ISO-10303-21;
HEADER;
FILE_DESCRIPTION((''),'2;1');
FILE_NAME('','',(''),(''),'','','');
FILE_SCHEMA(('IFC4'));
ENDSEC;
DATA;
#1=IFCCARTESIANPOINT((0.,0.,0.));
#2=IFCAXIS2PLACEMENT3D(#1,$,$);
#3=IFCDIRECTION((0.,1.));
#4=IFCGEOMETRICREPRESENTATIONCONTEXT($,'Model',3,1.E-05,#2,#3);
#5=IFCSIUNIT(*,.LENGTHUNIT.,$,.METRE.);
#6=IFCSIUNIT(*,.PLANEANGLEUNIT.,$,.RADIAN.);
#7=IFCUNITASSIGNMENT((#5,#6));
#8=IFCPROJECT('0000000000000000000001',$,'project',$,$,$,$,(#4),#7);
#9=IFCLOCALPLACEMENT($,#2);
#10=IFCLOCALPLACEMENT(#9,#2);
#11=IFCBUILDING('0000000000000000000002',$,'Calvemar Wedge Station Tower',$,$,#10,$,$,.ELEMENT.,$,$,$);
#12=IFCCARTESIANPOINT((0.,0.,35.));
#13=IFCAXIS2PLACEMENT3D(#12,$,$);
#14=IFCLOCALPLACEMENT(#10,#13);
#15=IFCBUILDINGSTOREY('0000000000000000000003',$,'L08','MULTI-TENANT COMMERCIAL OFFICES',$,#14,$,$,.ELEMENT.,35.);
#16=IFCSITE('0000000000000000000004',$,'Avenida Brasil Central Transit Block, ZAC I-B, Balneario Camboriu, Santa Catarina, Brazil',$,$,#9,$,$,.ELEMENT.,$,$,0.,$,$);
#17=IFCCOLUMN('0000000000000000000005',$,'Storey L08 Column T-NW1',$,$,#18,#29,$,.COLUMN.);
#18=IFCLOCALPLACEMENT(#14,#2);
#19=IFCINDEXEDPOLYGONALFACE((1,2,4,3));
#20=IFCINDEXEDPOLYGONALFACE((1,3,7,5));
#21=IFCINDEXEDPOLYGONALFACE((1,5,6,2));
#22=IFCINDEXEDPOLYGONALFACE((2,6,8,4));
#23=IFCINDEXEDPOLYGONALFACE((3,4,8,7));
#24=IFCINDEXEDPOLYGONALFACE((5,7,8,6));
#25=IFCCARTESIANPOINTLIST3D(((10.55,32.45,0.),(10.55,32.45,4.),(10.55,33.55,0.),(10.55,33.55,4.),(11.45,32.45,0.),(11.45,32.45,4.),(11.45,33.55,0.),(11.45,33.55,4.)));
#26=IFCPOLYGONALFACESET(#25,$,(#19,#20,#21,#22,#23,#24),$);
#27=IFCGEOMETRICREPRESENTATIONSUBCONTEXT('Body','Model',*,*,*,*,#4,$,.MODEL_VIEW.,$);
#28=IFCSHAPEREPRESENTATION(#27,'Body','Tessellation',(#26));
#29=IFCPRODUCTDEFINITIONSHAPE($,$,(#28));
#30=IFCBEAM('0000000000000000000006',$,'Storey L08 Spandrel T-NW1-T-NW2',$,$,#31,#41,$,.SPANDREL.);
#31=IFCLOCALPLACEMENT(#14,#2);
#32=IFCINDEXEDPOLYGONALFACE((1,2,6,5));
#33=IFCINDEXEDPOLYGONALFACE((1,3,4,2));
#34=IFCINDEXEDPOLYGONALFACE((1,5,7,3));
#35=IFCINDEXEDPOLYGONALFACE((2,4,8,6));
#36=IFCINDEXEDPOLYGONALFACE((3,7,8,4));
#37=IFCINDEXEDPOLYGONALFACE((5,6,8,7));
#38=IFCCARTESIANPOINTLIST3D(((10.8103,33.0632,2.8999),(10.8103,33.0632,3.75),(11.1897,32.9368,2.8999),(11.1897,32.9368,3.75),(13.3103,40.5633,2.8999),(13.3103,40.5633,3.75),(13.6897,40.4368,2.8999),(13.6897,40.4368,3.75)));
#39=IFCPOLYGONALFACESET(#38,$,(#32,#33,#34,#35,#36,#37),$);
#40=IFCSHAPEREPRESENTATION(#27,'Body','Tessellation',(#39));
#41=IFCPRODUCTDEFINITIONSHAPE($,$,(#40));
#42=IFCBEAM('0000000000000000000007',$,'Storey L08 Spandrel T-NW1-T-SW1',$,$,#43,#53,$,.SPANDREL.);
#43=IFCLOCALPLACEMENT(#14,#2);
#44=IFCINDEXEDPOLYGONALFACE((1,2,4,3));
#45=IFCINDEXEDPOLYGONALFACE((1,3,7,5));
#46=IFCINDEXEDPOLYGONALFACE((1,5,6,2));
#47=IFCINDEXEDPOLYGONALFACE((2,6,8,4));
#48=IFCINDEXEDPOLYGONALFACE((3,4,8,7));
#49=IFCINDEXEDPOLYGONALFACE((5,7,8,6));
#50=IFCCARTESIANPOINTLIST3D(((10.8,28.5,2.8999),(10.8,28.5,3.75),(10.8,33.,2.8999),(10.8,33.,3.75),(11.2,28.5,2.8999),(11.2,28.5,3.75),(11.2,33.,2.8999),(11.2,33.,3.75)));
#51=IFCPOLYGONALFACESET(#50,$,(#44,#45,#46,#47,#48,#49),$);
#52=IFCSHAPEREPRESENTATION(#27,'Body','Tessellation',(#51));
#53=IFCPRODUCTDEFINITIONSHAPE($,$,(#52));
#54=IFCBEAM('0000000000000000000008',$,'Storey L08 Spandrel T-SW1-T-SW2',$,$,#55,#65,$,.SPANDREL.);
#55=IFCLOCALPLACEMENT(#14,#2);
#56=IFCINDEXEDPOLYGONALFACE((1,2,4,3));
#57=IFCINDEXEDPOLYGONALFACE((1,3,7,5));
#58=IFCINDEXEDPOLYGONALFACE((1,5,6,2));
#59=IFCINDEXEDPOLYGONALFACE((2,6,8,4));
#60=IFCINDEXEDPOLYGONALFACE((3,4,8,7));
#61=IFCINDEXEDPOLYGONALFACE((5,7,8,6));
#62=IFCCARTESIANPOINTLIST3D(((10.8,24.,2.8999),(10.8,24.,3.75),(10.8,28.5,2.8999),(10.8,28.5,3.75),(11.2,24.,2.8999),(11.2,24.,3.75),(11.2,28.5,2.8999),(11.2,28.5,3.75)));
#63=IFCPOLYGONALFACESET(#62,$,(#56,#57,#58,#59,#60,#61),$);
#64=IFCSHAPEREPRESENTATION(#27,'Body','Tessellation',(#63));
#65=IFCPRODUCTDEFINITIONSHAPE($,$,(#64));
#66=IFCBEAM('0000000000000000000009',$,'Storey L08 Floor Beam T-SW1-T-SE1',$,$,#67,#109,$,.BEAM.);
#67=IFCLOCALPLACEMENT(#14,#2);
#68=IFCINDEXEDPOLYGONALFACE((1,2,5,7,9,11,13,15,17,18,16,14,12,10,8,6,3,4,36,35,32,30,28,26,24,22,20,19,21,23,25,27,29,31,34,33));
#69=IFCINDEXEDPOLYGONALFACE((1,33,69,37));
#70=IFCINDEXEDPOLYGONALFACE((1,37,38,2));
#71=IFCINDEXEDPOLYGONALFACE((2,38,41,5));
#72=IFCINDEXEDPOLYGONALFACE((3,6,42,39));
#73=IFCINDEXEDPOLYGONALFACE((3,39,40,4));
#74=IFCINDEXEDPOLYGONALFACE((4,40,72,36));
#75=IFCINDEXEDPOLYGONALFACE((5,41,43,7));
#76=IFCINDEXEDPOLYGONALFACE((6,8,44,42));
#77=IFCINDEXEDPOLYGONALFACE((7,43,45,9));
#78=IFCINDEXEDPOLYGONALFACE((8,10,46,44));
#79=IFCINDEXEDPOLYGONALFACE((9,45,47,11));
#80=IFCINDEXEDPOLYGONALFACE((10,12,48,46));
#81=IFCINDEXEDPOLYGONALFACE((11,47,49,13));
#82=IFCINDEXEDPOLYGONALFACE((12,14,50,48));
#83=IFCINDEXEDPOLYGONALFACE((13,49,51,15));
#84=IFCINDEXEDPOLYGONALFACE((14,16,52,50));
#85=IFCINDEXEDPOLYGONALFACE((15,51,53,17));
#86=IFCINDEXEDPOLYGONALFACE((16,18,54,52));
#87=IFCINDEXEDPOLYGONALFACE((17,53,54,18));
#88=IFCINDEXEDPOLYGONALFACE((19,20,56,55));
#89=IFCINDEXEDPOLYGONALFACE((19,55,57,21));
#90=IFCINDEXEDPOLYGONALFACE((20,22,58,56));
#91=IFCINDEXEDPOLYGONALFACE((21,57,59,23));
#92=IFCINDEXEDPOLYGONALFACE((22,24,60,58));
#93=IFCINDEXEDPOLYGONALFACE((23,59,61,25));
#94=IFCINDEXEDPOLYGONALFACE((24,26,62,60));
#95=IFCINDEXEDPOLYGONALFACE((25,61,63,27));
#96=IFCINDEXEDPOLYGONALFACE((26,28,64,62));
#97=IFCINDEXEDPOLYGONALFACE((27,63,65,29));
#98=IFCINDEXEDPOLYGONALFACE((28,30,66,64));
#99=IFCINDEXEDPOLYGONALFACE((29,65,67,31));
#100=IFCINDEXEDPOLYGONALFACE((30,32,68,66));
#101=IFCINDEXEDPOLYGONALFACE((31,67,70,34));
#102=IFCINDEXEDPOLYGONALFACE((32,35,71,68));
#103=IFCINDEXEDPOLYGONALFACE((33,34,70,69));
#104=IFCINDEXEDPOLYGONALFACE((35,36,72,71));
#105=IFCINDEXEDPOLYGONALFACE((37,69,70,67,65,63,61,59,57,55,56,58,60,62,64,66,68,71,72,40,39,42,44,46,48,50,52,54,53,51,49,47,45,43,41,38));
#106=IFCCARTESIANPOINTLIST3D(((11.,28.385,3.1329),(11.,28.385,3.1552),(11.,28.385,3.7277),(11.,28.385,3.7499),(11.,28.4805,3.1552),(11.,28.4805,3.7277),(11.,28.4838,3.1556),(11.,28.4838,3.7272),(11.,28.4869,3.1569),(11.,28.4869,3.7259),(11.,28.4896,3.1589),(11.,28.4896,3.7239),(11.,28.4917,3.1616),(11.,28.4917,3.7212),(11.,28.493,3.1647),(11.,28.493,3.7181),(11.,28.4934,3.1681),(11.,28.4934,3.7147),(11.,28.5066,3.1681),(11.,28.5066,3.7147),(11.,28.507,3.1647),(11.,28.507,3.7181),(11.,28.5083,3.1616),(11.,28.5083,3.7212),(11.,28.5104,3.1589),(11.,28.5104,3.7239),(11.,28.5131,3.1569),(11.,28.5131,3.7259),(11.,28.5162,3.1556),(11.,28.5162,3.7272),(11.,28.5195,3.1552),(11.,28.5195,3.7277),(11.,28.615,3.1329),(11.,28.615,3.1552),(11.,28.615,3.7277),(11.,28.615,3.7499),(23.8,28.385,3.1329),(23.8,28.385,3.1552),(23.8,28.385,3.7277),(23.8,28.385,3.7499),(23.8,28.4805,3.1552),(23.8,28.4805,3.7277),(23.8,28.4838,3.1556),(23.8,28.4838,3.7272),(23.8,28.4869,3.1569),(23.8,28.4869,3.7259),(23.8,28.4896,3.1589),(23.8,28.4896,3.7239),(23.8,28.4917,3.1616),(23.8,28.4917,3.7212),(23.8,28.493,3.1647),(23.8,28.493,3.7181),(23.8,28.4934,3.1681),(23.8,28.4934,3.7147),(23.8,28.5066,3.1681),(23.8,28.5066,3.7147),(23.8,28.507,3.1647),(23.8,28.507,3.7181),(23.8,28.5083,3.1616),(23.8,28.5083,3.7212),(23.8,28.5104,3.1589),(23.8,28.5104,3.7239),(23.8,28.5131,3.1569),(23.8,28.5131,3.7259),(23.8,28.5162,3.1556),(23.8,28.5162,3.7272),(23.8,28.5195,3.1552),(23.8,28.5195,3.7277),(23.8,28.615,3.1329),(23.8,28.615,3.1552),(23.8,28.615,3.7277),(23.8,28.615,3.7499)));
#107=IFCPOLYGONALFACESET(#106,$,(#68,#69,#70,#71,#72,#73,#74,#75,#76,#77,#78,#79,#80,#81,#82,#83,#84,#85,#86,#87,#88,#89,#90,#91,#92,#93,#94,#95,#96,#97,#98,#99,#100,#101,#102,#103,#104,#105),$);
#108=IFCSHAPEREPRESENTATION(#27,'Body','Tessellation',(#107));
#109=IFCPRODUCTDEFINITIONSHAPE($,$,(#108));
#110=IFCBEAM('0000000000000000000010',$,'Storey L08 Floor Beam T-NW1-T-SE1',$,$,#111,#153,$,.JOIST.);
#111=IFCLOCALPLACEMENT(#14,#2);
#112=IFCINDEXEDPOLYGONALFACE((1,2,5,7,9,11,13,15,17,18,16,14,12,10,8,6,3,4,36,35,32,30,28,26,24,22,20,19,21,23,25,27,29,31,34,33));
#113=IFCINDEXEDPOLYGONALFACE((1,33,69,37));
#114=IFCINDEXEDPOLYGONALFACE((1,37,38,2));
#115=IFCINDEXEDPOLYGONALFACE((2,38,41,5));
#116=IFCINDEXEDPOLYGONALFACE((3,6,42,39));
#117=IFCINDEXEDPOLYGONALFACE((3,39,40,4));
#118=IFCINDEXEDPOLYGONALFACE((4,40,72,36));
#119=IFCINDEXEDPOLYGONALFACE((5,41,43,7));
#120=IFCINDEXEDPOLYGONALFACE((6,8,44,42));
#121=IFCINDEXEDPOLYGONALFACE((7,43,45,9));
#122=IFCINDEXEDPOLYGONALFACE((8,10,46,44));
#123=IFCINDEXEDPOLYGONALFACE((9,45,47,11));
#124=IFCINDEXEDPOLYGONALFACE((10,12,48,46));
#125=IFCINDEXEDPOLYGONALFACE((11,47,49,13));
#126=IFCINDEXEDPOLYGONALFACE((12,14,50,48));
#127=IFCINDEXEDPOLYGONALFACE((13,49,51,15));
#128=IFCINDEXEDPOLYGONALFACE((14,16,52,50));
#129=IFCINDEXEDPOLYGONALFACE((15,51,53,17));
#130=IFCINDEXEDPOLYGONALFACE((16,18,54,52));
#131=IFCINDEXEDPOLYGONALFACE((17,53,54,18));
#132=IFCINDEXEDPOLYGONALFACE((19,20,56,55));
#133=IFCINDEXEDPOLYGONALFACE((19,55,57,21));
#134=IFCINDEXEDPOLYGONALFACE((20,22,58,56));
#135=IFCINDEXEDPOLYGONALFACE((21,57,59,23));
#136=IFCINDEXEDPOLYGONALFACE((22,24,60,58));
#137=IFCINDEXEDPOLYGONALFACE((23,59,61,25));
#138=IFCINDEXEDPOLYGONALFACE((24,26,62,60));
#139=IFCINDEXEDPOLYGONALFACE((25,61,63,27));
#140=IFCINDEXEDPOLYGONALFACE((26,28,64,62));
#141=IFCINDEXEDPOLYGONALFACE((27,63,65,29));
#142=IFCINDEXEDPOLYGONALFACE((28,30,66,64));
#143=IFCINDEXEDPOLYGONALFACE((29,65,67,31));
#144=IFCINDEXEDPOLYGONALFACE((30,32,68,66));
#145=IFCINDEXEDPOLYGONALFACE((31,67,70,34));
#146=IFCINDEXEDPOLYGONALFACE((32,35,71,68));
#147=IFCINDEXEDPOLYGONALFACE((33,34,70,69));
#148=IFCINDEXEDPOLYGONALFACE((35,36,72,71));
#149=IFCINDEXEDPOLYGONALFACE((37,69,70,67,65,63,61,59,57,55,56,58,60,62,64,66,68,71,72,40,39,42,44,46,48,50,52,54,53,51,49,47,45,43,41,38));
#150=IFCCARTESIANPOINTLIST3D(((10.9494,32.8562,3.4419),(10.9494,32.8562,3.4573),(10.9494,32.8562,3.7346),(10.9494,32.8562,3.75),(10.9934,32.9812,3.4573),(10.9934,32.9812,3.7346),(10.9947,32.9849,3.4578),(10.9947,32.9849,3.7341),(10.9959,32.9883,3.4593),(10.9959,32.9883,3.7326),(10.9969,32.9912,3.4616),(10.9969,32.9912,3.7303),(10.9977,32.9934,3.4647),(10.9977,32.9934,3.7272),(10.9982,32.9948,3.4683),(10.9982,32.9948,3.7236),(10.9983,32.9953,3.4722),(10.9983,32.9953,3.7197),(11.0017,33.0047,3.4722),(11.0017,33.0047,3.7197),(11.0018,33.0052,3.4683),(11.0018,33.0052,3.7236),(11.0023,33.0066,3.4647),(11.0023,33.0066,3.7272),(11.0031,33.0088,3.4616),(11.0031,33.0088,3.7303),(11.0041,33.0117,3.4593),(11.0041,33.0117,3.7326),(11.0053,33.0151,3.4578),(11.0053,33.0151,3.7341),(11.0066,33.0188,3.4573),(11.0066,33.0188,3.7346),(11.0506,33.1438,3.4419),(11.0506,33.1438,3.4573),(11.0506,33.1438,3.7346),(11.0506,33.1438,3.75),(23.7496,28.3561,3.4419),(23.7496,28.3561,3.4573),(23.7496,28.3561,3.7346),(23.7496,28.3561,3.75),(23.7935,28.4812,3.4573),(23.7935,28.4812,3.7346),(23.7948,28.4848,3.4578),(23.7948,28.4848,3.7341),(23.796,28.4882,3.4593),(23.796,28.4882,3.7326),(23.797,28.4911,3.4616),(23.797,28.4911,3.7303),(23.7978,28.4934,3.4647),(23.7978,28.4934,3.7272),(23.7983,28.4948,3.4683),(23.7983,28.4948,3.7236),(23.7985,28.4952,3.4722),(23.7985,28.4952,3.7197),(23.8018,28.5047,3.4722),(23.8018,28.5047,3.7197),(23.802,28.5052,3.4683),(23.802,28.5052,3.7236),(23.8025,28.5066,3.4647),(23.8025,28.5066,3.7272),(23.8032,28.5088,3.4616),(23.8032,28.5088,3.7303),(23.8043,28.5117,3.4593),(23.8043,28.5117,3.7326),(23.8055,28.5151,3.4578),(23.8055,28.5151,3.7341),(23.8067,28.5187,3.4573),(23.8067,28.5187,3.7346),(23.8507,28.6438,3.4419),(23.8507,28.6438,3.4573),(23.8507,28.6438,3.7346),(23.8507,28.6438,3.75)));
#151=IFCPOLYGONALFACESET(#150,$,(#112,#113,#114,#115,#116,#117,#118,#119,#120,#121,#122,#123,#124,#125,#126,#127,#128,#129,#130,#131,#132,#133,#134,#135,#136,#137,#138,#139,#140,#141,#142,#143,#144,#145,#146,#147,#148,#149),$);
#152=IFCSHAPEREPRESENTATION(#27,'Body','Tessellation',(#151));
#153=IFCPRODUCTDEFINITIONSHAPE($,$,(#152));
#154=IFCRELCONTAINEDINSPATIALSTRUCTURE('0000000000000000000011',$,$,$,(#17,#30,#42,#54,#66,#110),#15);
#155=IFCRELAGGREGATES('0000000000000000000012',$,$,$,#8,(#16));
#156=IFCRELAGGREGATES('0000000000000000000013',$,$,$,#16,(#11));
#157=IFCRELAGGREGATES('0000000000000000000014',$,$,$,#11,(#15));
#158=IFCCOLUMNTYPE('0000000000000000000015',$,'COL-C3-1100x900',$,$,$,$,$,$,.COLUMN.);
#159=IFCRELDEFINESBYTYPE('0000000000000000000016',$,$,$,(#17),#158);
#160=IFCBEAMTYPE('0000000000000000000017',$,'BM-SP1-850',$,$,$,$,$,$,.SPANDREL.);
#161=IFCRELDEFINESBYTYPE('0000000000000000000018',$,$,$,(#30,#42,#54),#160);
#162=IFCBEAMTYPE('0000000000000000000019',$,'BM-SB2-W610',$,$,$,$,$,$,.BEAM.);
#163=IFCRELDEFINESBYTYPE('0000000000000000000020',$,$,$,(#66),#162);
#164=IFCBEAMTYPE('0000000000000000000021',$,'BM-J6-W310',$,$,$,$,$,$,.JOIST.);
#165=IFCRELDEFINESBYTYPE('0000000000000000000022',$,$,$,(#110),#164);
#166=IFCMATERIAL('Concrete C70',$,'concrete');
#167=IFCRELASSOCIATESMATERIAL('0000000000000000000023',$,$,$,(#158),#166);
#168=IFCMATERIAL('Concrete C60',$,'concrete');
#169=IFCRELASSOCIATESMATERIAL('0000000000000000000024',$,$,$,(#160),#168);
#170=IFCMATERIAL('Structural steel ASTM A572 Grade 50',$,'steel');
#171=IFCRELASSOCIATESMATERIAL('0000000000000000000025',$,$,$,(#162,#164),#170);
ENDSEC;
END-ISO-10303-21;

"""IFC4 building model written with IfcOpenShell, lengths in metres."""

from ifc_helpers import new_model, si_unit, direction, frame, origin, origin_2d, place, context, subcontext, project, spatial, rectangle, i_section, extrude, source, transform, mapped, material, material_profile, profile_set, type_object, element, save


model = new_model("IFC4")

# Units and contexts
model_context = context("Model", 3, precision=1e-05, world=origin(), true_north=direction((0.0, 1.0)))
body_context = subcontext(model_context, "Body", "Model", "MODEL_VIEW")
ifc_project = project(units=[si_unit("LENGTHUNIT", "METRE"), si_unit("PLANEANGLEUNIT", "RADIAN")], contexts=[model_context])

# Site, building, storey
site_placement = place(None, origin())
site = spatial("IfcSite", under=ifc_project, at=site_placement, Name="Avenida Brasil Central Transit Block, ZAC I-B, Balneario Camboriu, Santa Catarina, Brazil", CompositionType="ELEMENT", RefElevation=0.0)
building_placement = place(site_placement, origin())
building = spatial("IfcBuilding", under=site, at=building_placement, Name="Calvemar Wedge Station Tower", CompositionType="ELEMENT")
storey_placement = place(building_placement, frame((0.0, 0.0, 35.0)))
storey = spatial("IfcBuildingStorey", under=building, at=storey_placement, Name="L08", Description="MULTI-TENANT COMMERCIAL OFFICES", CompositionType="ELEMENT", Elevation=35.0)

# Column
ifc_material_1 = material(Name="Concrete C70", Category="concrete")
ifc_material_profile_1 = material_profile(ifc_material_1, rectangle(XDim=0.8999, YDim=1.1001, at=origin_2d()), Name="RC1100x900")
ifc_profile_set_1 = profile_set([ifc_material_profile_1], Name="Concrete C70")
column_type = type_object("IfcColumnType", Name="COL-C3-1100x900", PredefinedType="COLUMN", material=ifc_profile_set_1)
shared_shape_1 = source(origin(), body_context, "Body", "SweptSolid", [
    extrude(rectangle(XDim=0.8999, YDim=1.1001, at=origin_2d()), origin(), (0.0, 0.0, 1.0), 4.0),
])
column_placement = place(storey_placement, frame((11.0, 33.0, 0.0), z_axis=(0.0, 0.0, 1.0), x_axis=(1.0, 0.0, 0.0)))
element("IfcColumn", 1, at=column_placement, inside=storey, type_object=column_type, Name="Storey L08 Column T-NW1", PredefinedType="COLUMN", context=body_context, shape_type="MappedRepresentation", body=[
    mapped(shared_shape_1, transform((0.0, 0.0, 0.0), scale=1.0)),
])

# Beams
ifc_material_2 = material(Name="Concrete C60", Category="concrete")
ifc_material_profile_2 = material_profile(ifc_material_2, rectangle(XDim=0.3999, YDim=0.8501, at=origin_2d()), Name="RC400x850")
ifc_profile_set_2 = profile_set([ifc_material_profile_2], Name="Concrete C60")
beam_type_1 = type_object("IfcBeamType", Name="BM-SP1-850", PredefinedType="SPANDREL", material=ifc_profile_set_2)
shared_shape_2 = source(origin(), body_context, "Body", "SweptSolid", [
    extrude(rectangle(XDim=0.3999, YDim=0.8501, at=origin_2d()), origin(), (0.0, 0.0, 1.0), 7.9058),
])
beam_1_placement = place(storey_placement, frame((11.0, 33.0, 3.325), z_axis=(0.316228, 0.948683, 0.0), x_axis=(-0.948683, 0.316228, 0.0)))
element("IfcBeam", 2, at=beam_1_placement, inside=storey, type_object=beam_type_1, Name="Storey L08 Spandrel T-NW1-T-NW2", PredefinedType="SPANDREL", context=body_context, shape_type="MappedRepresentation", body=[
    mapped(shared_shape_2, transform((0.0, 0.0, 0.0), scale=1.0)),
])
shared_shape_3 = source(origin(), body_context, "Body", "SweptSolid", [
    extrude(rectangle(XDim=0.3999, YDim=0.8501, at=origin_2d()), origin(), (0.0, 0.0, 1.0), 4.5),
])
for number, where, z_axis, x_axis, name in (
    (3, (11.0, 33.0, 3.325), (0.0, -1.0, 0.0), (1.0, 0.0, 0.0), "Storey L08 Spandrel T-NW1-T-SW1"),
    (4, (11.0, 28.5, 3.325), (0.0, -1.0, 0.0), (1.0, 0.0, 0.0), "Storey L08 Spandrel T-SW1-T-SW2"),
):
    element("IfcBeam", number, at=place(storey_placement, frame(where, z_axis=z_axis, x_axis=x_axis)), inside=storey, type_object=beam_type_1, Name=name, PredefinedType="SPANDREL", context=body_context, shape_type="MappedRepresentation", body=[
        mapped(shared_shape_3, transform((0.0, 0.0, 0.0), scale=1.0)),
    ])
ifc_material_3 = material(Name="Structural steel ASTM A572 Grade 50", Category="steel")
ifc_material_profile_3 = material_profile(ifc_material_3, i_section(OverallWidth=0.23, OverallDepth=0.6169, WebThickness=0.0132, FlangeThickness=0.0222, FilletRadius=0.0129, at=origin_2d()), Name="W610x140")
ifc_profile_set_3 = profile_set([ifc_material_profile_3], Name="Structural steel ASTM A572 Grade 50")
beam_type_2 = type_object("IfcBeamType", Name="BM-SB2-W610", PredefinedType="BEAM", material=ifc_profile_set_3)
shared_shape_4 = source(origin(), body_context, "Body", "SweptSolid", [
    extrude(i_section(OverallWidth=0.23, OverallDepth=0.6169, WebThickness=0.0132, FlangeThickness=0.0222, FilletRadius=0.0129, at=origin_2d()), origin(), (0.0, 0.0, 1.0), 12.8),
])
beam_2_placement = place(storey_placement, frame((11.0, 28.5, 3.4414), z_axis=(1.0, 0.0, 0.0), x_axis=(0.0, 1.0, 0.0)))
element("IfcBeam", 5, at=beam_2_placement, inside=storey, type_object=beam_type_2, Name="Storey L08 Floor Beam T-SW1-T-SE1", PredefinedType="BEAM", context=body_context, shape_type="MappedRepresentation", body=[
    mapped(shared_shape_4, transform((0.0, 0.0, 0.0), scale=1.0)),
])
ifc_material_profile_4 = material_profile(ifc_material_3, i_section(OverallWidth=0.3049, OverallDepth=0.3081, WebThickness=0.01, FlangeThickness=0.0154, FilletRadius=0.0149, at=origin_2d()), Name="W310x97")
ifc_profile_set_4 = profile_set([ifc_material_profile_4], Name="Structural steel ASTM A572 Grade 50")
beam_type_3 = type_object("IfcBeamType", Name="BM-J6-W310", PredefinedType="JOIST", material=ifc_profile_set_4)
shared_shape_5 = source(origin(), body_context, "Body", "SweptSolid", [
    extrude(i_section(OverallWidth=0.3049, OverallDepth=0.3081, WebThickness=0.01, FlangeThickness=0.0154, FilletRadius=0.0149, at=origin_2d()), origin(), (0.0, 0.0, 1.0), 13.5681),
])
for number, where, z_axis, x_axis, name in (
    (6, (11.0, 33.0, 3.5959), (0.943398, -0.331662, 0.0), (0.331662, 0.943398, 0.0), "Storey L08 Floor Beam T-NW1-T-SE1"),
):
    element("IfcBeam", number, at=place(storey_placement, frame(where, z_axis=z_axis, x_axis=x_axis)), inside=storey, type_object=beam_type_3, Name=name, PredefinedType="JOIST", context=body_context, shape_type="MappedRepresentation", body=[
        mapped(shared_shape_5, transform((0.0, 0.0, 0.0), scale=1.0)),
    ])

save(model, "model.ifc")
